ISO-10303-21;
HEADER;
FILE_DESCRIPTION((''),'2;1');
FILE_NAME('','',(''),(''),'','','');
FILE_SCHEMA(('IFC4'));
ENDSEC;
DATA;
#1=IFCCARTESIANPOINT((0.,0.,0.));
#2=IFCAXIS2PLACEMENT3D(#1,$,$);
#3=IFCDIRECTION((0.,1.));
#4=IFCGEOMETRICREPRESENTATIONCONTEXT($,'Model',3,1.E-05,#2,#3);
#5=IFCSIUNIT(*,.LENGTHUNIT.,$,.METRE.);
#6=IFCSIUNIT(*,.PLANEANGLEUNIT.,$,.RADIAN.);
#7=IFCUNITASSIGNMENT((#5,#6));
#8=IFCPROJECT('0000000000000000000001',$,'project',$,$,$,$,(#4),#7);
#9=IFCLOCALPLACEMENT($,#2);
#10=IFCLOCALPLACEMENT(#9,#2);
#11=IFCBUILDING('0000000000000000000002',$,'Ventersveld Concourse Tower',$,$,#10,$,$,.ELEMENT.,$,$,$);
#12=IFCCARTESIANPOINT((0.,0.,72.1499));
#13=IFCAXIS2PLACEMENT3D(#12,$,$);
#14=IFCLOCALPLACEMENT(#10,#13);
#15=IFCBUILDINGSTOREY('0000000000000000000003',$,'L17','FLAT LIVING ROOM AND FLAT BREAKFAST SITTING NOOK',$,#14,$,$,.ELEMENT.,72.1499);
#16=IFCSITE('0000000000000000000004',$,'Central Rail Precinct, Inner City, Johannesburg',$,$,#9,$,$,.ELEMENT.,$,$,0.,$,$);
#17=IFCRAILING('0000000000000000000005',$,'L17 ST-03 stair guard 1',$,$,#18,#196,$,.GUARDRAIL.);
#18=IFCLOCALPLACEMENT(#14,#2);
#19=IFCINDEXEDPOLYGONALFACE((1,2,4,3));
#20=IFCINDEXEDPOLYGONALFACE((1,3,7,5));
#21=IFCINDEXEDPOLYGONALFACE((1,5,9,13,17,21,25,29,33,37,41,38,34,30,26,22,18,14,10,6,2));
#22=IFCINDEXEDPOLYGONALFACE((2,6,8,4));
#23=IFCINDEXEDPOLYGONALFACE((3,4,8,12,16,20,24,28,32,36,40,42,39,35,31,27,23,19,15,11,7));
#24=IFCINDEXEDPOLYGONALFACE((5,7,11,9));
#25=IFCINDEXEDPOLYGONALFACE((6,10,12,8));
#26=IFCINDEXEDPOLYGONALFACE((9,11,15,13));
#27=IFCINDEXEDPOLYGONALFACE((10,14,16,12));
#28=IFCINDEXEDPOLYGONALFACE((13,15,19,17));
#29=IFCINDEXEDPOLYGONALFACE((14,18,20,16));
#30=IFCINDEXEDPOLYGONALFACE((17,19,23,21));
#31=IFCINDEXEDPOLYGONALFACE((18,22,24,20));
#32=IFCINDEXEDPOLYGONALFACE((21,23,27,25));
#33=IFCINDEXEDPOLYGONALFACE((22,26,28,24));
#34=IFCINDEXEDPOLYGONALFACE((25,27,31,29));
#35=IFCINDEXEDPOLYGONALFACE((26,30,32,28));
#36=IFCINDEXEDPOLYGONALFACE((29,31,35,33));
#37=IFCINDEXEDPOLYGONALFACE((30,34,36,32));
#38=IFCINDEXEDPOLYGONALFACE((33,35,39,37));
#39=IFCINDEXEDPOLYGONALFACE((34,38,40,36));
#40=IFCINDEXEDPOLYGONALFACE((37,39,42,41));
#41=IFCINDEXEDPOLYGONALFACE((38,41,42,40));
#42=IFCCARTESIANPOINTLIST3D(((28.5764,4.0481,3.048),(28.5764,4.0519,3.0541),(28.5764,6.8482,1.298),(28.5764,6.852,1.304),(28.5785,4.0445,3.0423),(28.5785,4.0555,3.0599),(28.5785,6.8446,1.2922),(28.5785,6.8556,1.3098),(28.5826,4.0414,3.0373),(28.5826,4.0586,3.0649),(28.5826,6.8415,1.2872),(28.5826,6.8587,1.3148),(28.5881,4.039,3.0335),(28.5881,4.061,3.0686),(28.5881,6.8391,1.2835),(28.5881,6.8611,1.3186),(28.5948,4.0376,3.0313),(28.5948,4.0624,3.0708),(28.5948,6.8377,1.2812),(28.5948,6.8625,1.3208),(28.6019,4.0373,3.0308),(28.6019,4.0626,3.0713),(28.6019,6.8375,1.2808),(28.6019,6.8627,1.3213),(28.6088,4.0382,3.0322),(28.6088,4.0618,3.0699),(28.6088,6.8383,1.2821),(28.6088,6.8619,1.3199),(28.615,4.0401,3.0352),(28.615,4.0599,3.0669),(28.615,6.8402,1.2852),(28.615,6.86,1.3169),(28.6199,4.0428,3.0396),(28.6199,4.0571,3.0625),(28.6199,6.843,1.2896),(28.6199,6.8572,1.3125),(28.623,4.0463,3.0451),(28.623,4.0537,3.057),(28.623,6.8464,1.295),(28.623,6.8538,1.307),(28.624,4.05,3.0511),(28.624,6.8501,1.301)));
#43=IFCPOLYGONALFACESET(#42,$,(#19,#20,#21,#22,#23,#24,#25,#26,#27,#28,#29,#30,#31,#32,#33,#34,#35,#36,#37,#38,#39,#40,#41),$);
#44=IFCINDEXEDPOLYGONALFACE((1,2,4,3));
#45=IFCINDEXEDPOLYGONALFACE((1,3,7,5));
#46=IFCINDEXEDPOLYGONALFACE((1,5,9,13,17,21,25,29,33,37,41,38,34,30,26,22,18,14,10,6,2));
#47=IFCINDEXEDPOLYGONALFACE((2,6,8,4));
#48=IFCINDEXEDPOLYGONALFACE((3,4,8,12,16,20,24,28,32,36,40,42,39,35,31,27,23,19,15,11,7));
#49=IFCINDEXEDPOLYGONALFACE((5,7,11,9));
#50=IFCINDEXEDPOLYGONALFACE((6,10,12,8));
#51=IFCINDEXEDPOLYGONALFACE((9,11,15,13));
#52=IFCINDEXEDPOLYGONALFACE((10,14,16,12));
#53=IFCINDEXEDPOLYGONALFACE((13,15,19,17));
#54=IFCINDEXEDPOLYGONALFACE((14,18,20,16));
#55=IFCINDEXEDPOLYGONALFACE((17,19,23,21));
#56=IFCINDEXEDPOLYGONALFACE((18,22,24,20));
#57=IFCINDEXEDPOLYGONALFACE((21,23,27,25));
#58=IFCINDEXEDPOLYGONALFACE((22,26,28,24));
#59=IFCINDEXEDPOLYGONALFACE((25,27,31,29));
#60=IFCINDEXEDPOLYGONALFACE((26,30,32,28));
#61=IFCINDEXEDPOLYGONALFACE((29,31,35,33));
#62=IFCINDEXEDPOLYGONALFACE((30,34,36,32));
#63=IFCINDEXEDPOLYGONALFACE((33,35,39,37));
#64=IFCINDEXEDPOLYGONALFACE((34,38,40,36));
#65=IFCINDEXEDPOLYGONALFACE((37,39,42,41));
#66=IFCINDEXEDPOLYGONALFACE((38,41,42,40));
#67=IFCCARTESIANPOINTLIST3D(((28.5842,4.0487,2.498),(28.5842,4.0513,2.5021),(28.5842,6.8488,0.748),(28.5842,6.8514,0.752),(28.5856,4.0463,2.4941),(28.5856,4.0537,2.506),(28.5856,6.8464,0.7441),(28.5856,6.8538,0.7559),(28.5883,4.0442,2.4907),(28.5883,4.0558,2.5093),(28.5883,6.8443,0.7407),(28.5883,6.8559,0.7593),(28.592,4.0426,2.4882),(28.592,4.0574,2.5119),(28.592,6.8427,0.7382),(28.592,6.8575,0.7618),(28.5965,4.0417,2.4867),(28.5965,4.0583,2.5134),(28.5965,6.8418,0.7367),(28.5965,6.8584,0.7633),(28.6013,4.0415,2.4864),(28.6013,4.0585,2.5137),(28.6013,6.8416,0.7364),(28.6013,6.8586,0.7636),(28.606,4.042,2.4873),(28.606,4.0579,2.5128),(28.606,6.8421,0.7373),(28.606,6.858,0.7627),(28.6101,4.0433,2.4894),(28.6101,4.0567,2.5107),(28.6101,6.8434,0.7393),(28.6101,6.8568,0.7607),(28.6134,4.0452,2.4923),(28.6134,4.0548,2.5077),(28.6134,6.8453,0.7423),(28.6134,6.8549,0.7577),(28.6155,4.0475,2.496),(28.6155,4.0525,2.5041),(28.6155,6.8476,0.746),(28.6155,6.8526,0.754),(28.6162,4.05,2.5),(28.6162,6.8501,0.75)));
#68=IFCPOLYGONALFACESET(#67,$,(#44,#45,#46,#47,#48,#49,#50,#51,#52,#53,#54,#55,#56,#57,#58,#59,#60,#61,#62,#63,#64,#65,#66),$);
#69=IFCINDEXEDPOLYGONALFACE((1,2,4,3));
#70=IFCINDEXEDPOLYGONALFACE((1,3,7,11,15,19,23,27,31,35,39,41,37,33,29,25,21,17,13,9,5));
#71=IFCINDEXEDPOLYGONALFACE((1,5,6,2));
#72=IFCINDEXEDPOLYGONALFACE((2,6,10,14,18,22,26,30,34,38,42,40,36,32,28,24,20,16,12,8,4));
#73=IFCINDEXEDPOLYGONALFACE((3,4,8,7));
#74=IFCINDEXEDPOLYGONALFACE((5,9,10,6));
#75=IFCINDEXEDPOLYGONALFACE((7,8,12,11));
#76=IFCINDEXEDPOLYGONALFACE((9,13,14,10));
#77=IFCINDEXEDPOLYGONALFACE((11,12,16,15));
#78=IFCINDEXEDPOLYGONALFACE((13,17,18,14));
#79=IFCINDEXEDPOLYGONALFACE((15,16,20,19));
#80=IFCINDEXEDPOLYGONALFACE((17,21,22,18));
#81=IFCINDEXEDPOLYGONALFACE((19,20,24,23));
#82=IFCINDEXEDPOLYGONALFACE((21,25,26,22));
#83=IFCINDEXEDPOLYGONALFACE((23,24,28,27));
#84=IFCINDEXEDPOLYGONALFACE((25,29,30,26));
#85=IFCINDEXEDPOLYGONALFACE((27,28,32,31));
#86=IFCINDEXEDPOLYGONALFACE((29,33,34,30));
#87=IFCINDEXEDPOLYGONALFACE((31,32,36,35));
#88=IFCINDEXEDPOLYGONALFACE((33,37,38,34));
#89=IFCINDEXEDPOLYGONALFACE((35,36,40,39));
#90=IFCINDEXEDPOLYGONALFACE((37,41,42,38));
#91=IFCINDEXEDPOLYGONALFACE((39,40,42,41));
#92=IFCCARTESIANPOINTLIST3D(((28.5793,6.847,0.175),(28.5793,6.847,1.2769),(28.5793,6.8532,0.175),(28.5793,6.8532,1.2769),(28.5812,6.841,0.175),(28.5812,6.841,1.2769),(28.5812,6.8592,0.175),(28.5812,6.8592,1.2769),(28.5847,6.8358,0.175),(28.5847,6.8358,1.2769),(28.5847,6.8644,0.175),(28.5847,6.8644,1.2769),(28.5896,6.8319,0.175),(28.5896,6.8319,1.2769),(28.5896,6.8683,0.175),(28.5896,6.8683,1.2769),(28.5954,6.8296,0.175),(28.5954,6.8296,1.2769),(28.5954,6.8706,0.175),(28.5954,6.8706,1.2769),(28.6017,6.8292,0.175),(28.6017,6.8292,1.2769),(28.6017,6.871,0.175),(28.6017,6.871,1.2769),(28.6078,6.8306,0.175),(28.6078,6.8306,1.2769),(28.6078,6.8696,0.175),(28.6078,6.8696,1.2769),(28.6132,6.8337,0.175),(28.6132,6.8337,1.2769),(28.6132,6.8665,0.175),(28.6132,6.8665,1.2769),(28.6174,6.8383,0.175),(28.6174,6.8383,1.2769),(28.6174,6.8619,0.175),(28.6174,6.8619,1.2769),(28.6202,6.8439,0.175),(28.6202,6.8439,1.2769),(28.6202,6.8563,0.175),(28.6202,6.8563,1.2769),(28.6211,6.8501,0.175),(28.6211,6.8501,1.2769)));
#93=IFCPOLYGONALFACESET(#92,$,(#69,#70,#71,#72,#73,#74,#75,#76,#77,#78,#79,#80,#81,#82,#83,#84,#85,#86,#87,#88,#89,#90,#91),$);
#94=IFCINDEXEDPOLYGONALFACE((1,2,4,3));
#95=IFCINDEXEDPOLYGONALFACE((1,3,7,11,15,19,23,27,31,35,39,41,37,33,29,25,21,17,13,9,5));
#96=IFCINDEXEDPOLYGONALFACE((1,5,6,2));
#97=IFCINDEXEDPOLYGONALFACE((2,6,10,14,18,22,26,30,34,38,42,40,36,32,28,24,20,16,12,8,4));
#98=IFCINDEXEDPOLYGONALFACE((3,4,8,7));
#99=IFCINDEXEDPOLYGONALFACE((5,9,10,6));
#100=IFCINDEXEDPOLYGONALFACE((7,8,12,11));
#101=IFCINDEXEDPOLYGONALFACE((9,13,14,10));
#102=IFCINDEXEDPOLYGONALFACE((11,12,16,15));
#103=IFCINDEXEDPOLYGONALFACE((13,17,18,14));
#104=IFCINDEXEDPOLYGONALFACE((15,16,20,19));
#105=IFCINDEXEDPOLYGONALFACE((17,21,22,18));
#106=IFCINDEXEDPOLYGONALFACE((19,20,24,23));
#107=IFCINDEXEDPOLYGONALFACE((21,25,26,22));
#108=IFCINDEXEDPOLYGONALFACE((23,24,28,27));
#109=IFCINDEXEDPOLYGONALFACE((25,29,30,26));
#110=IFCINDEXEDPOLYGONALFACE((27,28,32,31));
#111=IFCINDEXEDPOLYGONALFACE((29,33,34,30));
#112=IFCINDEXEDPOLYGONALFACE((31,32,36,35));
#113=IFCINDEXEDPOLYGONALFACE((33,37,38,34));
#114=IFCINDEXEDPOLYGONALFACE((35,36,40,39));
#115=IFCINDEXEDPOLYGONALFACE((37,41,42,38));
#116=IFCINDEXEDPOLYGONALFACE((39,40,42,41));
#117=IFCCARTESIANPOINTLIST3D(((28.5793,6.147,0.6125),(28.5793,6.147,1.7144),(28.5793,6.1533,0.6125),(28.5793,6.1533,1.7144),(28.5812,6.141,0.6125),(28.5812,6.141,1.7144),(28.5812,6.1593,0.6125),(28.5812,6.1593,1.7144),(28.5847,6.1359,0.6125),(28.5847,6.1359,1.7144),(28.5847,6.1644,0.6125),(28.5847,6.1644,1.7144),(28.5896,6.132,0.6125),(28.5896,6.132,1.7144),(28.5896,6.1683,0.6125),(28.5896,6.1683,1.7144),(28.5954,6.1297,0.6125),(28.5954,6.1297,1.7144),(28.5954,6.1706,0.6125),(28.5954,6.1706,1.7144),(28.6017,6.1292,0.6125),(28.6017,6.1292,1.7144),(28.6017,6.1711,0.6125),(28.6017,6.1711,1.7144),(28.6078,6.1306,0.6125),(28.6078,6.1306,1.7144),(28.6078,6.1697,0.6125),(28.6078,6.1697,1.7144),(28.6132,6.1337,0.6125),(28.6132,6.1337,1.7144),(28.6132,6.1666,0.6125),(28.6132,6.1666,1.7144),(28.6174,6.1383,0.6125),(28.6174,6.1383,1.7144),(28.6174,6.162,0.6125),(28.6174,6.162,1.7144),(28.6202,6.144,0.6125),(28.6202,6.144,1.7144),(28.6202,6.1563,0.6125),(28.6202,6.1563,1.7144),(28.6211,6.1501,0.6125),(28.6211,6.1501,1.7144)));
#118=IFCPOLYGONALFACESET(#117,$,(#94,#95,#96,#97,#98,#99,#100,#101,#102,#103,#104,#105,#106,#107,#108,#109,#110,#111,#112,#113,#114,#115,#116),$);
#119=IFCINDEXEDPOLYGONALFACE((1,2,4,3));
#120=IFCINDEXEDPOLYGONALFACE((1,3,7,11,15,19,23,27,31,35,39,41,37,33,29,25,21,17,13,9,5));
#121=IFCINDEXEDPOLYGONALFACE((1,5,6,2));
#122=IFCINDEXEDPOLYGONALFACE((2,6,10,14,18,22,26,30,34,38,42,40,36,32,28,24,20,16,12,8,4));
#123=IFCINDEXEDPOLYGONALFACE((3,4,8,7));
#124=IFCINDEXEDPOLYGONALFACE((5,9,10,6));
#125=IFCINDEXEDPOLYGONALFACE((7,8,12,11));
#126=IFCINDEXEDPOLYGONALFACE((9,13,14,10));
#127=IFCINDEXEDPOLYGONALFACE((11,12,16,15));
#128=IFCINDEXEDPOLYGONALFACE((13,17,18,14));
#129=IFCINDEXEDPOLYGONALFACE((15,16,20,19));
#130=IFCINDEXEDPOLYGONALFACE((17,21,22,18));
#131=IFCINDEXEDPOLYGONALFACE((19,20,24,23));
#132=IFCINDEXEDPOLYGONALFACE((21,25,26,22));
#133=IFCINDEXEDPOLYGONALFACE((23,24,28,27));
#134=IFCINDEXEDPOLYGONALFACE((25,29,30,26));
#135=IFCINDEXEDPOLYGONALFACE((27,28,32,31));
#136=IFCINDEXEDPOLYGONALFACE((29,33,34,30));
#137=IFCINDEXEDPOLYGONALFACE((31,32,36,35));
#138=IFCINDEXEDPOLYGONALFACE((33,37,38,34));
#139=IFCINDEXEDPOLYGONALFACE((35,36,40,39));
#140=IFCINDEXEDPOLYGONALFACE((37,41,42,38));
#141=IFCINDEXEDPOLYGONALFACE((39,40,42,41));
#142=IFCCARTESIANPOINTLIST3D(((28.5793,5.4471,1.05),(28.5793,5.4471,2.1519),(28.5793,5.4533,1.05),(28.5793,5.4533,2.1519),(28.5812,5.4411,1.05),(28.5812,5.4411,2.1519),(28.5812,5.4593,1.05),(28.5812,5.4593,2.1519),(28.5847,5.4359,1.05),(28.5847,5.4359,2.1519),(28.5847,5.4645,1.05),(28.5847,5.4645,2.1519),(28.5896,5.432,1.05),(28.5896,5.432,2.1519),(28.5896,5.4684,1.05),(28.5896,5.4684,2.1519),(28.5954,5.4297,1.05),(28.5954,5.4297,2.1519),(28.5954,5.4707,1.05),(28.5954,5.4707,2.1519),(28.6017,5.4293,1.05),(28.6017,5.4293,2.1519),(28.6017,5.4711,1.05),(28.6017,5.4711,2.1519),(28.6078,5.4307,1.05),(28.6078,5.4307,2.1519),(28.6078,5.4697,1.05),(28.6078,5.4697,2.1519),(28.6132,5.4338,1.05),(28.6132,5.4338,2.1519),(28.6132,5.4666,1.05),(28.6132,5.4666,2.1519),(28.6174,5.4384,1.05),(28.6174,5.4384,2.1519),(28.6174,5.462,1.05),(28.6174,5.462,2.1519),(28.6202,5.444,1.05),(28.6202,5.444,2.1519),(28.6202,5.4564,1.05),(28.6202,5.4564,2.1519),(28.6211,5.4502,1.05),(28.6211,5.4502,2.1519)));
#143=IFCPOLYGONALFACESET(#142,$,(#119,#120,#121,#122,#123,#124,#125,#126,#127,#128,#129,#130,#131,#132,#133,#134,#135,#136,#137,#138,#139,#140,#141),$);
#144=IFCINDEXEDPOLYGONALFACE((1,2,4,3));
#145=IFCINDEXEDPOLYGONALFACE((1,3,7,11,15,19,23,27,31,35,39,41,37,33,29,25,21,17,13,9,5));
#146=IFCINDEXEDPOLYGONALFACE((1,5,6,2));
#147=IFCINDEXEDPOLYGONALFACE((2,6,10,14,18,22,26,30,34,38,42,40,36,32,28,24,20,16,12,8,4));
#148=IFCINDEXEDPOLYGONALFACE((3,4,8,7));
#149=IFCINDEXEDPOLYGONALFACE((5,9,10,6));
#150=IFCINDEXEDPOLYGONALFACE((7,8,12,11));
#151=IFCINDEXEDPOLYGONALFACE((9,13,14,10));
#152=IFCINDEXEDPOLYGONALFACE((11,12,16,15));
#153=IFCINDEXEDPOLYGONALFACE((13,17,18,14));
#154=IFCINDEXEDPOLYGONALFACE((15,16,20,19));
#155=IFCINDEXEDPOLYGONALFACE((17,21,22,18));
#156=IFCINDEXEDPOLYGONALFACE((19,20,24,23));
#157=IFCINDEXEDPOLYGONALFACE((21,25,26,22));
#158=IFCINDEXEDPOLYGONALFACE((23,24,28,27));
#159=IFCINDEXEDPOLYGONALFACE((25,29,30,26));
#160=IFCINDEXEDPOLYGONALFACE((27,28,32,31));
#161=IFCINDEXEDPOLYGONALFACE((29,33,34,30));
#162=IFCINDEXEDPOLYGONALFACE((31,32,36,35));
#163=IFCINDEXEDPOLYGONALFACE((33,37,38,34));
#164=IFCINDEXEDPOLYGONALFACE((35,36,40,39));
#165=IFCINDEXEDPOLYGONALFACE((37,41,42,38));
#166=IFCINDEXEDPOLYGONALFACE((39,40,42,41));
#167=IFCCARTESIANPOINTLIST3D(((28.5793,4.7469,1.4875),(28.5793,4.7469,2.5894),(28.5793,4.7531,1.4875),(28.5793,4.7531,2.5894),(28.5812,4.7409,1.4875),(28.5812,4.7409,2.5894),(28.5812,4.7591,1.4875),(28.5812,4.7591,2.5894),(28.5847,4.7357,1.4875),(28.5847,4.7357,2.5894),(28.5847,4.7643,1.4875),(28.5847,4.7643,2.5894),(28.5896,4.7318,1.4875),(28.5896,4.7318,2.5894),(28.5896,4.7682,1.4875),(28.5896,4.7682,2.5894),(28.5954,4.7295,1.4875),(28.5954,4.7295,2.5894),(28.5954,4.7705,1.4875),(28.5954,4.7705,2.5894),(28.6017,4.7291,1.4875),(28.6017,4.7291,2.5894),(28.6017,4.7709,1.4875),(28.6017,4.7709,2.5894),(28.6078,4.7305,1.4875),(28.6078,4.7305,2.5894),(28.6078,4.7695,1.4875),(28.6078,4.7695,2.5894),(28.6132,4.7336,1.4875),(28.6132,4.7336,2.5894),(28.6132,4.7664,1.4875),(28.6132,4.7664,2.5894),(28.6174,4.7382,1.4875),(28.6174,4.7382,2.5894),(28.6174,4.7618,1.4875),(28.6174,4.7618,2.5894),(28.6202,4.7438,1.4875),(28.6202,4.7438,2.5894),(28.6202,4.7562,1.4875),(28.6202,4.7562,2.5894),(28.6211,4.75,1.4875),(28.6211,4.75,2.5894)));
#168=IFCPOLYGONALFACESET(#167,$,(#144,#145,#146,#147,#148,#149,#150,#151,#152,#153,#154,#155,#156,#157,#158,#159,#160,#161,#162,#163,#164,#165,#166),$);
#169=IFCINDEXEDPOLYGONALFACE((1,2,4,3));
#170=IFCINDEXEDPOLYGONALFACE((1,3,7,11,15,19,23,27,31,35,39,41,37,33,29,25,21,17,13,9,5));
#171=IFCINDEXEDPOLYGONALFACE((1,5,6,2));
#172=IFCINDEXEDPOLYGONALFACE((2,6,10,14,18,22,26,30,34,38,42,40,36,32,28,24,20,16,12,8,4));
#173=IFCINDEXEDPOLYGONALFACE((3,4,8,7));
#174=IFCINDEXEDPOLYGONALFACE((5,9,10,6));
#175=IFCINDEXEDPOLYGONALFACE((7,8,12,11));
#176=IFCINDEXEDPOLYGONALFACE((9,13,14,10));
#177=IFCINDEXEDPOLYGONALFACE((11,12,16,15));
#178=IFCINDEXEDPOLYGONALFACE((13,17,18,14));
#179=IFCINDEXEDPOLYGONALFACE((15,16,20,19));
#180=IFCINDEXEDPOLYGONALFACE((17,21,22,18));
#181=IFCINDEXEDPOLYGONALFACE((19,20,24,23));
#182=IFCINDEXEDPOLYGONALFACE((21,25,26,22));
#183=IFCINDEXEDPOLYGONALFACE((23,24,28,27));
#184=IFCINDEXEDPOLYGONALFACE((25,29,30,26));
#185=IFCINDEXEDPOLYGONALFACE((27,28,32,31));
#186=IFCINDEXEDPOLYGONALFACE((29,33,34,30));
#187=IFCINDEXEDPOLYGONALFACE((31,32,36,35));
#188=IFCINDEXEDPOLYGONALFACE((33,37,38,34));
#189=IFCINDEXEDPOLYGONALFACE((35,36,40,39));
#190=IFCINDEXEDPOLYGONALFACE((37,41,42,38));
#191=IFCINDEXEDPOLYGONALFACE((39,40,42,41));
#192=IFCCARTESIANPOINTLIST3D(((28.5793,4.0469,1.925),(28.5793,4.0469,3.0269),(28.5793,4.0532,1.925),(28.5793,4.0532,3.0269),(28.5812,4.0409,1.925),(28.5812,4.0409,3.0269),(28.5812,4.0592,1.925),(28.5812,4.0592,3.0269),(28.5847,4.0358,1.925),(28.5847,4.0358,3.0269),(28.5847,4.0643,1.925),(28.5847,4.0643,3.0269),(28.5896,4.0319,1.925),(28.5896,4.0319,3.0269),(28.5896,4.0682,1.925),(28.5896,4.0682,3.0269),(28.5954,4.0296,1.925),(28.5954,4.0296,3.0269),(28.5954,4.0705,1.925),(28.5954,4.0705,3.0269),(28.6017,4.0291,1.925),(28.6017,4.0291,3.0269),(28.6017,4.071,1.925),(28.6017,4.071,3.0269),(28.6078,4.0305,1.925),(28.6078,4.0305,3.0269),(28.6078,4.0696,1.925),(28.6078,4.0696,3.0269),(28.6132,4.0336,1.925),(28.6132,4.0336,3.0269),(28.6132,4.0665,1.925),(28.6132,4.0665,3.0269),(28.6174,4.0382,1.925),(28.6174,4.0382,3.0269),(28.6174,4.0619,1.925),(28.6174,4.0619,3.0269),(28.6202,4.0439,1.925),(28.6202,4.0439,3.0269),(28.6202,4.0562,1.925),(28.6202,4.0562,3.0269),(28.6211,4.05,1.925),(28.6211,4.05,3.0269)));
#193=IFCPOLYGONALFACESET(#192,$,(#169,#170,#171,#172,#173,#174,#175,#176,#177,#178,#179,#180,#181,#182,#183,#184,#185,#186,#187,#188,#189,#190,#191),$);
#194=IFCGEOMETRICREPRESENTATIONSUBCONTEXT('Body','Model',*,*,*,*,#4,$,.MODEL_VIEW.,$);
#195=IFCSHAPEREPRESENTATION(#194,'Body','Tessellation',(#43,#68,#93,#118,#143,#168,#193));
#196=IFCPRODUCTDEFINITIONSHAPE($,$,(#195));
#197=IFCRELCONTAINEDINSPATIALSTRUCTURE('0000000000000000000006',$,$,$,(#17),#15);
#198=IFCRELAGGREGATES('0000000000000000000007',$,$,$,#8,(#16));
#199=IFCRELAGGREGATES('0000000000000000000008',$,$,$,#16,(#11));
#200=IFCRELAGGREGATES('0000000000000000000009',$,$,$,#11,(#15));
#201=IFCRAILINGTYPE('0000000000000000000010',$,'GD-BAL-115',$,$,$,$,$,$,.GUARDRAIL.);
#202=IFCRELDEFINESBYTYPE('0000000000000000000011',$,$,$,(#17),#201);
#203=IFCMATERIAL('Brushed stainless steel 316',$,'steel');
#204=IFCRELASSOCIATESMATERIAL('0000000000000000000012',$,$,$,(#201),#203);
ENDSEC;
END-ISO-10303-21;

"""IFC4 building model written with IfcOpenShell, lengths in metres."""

from ifc_helpers import new_model, si_unit, direction, frame, origin, origin_2d, place, context, subcontext, project, spatial, circle, extrude, material, type_object, element, save


model = new_model("IFC4")

# Units and contexts
model_context = context("Model", 3, precision=1e-05, world=origin(), true_north=direction((0.0, 1.0)))
body_context = subcontext(model_context, "Body", "Model", "MODEL_VIEW")
ifc_project = project(units=[si_unit("LENGTHUNIT", "METRE"), si_unit("PLANEANGLEUNIT", "RADIAN")], contexts=[model_context])

# Site, building, storey
site_placement = place(None, origin())
site = spatial("IfcSite", under=ifc_project, at=site_placement, Name="Central Rail Precinct, Inner City, Johannesburg", CompositionType="ELEMENT", RefElevation=0.0)
building_placement = place(site_placement, origin())
building = spatial("IfcBuilding", under=site, at=building_placement, Name="Ventersveld Concourse Tower", CompositionType="ELEMENT")
storey_placement = place(building_placement, frame((0.0, 0.0, 72.1499)))
storey = spatial("IfcBuildingStorey", under=building, at=storey_placement, Name="L17", Description="FLAT LIVING ROOM AND FLAT BREAKFAST SITTING NOOK", CompositionType="ELEMENT", Elevation=72.1499)

# Shared definitions
ifc_material_1 = material(Name="Brushed stainless steel 316", Category="steel")

# Railing
railing_type_1 = type_object("IfcRailingType", Name="GD-BAL-115", PredefinedType="GUARDRAIL", material=ifc_material_1)
railing_1_placement = place(storey_placement, frame((28.6001, 6.8501, 0.175)))
element("IfcRailing", 1, at=railing_1_placement, inside=storey, type_object=railing_type_1, Name="L17 ST-03 stair guard 1", PredefinedType="GUARDRAIL", context=body_context, shape_type="SweptSolid", body=[
    extrude(circle(Radius=0.0239, at=origin_2d()), frame((0.0, 0.0, 1.126), z_axis=(0.0, -0.848002, 0.529992), x_axis=(1.0, 0.0, 0.0)), (0.0, 0.0, 1.0), 3.302),
    extrude(circle(Radius=0.0161, at=origin_2d()), frame((0.0, 0.0, 0.575), z_axis=(0.0, -0.848002, 0.529992), x_axis=(1.0, 0.0, 0.0)), (0.0, 0.0, 1.0), 3.302),
    extrude(circle(Radius=0.021, at=origin_2d()), origin(), (0.0, 0.0, 1.0), 1.1018),
    extrude(circle(Radius=0.021, at=origin_2d()), frame((0.0, -0.7, 0.4375)), (0.0, 0.0, 1.0), 1.1018),
    extrude(circle(Radius=0.021, at=origin_2d()), frame((0.0, -1.3999, 0.875)), (0.0, 0.0, 1.0), 1.1018),
    extrude(circle(Radius=0.021, at=origin_2d()), frame((0.0, -2.1001, 1.3125)), (0.0, 0.0, 1.0), 1.1018),
    extrude(circle(Radius=0.021, at=origin_2d()), frame((0.0, -2.8, 1.75)), (0.0, 0.0, 1.0), 1.1018),
])

save(model, "model.ifc")
